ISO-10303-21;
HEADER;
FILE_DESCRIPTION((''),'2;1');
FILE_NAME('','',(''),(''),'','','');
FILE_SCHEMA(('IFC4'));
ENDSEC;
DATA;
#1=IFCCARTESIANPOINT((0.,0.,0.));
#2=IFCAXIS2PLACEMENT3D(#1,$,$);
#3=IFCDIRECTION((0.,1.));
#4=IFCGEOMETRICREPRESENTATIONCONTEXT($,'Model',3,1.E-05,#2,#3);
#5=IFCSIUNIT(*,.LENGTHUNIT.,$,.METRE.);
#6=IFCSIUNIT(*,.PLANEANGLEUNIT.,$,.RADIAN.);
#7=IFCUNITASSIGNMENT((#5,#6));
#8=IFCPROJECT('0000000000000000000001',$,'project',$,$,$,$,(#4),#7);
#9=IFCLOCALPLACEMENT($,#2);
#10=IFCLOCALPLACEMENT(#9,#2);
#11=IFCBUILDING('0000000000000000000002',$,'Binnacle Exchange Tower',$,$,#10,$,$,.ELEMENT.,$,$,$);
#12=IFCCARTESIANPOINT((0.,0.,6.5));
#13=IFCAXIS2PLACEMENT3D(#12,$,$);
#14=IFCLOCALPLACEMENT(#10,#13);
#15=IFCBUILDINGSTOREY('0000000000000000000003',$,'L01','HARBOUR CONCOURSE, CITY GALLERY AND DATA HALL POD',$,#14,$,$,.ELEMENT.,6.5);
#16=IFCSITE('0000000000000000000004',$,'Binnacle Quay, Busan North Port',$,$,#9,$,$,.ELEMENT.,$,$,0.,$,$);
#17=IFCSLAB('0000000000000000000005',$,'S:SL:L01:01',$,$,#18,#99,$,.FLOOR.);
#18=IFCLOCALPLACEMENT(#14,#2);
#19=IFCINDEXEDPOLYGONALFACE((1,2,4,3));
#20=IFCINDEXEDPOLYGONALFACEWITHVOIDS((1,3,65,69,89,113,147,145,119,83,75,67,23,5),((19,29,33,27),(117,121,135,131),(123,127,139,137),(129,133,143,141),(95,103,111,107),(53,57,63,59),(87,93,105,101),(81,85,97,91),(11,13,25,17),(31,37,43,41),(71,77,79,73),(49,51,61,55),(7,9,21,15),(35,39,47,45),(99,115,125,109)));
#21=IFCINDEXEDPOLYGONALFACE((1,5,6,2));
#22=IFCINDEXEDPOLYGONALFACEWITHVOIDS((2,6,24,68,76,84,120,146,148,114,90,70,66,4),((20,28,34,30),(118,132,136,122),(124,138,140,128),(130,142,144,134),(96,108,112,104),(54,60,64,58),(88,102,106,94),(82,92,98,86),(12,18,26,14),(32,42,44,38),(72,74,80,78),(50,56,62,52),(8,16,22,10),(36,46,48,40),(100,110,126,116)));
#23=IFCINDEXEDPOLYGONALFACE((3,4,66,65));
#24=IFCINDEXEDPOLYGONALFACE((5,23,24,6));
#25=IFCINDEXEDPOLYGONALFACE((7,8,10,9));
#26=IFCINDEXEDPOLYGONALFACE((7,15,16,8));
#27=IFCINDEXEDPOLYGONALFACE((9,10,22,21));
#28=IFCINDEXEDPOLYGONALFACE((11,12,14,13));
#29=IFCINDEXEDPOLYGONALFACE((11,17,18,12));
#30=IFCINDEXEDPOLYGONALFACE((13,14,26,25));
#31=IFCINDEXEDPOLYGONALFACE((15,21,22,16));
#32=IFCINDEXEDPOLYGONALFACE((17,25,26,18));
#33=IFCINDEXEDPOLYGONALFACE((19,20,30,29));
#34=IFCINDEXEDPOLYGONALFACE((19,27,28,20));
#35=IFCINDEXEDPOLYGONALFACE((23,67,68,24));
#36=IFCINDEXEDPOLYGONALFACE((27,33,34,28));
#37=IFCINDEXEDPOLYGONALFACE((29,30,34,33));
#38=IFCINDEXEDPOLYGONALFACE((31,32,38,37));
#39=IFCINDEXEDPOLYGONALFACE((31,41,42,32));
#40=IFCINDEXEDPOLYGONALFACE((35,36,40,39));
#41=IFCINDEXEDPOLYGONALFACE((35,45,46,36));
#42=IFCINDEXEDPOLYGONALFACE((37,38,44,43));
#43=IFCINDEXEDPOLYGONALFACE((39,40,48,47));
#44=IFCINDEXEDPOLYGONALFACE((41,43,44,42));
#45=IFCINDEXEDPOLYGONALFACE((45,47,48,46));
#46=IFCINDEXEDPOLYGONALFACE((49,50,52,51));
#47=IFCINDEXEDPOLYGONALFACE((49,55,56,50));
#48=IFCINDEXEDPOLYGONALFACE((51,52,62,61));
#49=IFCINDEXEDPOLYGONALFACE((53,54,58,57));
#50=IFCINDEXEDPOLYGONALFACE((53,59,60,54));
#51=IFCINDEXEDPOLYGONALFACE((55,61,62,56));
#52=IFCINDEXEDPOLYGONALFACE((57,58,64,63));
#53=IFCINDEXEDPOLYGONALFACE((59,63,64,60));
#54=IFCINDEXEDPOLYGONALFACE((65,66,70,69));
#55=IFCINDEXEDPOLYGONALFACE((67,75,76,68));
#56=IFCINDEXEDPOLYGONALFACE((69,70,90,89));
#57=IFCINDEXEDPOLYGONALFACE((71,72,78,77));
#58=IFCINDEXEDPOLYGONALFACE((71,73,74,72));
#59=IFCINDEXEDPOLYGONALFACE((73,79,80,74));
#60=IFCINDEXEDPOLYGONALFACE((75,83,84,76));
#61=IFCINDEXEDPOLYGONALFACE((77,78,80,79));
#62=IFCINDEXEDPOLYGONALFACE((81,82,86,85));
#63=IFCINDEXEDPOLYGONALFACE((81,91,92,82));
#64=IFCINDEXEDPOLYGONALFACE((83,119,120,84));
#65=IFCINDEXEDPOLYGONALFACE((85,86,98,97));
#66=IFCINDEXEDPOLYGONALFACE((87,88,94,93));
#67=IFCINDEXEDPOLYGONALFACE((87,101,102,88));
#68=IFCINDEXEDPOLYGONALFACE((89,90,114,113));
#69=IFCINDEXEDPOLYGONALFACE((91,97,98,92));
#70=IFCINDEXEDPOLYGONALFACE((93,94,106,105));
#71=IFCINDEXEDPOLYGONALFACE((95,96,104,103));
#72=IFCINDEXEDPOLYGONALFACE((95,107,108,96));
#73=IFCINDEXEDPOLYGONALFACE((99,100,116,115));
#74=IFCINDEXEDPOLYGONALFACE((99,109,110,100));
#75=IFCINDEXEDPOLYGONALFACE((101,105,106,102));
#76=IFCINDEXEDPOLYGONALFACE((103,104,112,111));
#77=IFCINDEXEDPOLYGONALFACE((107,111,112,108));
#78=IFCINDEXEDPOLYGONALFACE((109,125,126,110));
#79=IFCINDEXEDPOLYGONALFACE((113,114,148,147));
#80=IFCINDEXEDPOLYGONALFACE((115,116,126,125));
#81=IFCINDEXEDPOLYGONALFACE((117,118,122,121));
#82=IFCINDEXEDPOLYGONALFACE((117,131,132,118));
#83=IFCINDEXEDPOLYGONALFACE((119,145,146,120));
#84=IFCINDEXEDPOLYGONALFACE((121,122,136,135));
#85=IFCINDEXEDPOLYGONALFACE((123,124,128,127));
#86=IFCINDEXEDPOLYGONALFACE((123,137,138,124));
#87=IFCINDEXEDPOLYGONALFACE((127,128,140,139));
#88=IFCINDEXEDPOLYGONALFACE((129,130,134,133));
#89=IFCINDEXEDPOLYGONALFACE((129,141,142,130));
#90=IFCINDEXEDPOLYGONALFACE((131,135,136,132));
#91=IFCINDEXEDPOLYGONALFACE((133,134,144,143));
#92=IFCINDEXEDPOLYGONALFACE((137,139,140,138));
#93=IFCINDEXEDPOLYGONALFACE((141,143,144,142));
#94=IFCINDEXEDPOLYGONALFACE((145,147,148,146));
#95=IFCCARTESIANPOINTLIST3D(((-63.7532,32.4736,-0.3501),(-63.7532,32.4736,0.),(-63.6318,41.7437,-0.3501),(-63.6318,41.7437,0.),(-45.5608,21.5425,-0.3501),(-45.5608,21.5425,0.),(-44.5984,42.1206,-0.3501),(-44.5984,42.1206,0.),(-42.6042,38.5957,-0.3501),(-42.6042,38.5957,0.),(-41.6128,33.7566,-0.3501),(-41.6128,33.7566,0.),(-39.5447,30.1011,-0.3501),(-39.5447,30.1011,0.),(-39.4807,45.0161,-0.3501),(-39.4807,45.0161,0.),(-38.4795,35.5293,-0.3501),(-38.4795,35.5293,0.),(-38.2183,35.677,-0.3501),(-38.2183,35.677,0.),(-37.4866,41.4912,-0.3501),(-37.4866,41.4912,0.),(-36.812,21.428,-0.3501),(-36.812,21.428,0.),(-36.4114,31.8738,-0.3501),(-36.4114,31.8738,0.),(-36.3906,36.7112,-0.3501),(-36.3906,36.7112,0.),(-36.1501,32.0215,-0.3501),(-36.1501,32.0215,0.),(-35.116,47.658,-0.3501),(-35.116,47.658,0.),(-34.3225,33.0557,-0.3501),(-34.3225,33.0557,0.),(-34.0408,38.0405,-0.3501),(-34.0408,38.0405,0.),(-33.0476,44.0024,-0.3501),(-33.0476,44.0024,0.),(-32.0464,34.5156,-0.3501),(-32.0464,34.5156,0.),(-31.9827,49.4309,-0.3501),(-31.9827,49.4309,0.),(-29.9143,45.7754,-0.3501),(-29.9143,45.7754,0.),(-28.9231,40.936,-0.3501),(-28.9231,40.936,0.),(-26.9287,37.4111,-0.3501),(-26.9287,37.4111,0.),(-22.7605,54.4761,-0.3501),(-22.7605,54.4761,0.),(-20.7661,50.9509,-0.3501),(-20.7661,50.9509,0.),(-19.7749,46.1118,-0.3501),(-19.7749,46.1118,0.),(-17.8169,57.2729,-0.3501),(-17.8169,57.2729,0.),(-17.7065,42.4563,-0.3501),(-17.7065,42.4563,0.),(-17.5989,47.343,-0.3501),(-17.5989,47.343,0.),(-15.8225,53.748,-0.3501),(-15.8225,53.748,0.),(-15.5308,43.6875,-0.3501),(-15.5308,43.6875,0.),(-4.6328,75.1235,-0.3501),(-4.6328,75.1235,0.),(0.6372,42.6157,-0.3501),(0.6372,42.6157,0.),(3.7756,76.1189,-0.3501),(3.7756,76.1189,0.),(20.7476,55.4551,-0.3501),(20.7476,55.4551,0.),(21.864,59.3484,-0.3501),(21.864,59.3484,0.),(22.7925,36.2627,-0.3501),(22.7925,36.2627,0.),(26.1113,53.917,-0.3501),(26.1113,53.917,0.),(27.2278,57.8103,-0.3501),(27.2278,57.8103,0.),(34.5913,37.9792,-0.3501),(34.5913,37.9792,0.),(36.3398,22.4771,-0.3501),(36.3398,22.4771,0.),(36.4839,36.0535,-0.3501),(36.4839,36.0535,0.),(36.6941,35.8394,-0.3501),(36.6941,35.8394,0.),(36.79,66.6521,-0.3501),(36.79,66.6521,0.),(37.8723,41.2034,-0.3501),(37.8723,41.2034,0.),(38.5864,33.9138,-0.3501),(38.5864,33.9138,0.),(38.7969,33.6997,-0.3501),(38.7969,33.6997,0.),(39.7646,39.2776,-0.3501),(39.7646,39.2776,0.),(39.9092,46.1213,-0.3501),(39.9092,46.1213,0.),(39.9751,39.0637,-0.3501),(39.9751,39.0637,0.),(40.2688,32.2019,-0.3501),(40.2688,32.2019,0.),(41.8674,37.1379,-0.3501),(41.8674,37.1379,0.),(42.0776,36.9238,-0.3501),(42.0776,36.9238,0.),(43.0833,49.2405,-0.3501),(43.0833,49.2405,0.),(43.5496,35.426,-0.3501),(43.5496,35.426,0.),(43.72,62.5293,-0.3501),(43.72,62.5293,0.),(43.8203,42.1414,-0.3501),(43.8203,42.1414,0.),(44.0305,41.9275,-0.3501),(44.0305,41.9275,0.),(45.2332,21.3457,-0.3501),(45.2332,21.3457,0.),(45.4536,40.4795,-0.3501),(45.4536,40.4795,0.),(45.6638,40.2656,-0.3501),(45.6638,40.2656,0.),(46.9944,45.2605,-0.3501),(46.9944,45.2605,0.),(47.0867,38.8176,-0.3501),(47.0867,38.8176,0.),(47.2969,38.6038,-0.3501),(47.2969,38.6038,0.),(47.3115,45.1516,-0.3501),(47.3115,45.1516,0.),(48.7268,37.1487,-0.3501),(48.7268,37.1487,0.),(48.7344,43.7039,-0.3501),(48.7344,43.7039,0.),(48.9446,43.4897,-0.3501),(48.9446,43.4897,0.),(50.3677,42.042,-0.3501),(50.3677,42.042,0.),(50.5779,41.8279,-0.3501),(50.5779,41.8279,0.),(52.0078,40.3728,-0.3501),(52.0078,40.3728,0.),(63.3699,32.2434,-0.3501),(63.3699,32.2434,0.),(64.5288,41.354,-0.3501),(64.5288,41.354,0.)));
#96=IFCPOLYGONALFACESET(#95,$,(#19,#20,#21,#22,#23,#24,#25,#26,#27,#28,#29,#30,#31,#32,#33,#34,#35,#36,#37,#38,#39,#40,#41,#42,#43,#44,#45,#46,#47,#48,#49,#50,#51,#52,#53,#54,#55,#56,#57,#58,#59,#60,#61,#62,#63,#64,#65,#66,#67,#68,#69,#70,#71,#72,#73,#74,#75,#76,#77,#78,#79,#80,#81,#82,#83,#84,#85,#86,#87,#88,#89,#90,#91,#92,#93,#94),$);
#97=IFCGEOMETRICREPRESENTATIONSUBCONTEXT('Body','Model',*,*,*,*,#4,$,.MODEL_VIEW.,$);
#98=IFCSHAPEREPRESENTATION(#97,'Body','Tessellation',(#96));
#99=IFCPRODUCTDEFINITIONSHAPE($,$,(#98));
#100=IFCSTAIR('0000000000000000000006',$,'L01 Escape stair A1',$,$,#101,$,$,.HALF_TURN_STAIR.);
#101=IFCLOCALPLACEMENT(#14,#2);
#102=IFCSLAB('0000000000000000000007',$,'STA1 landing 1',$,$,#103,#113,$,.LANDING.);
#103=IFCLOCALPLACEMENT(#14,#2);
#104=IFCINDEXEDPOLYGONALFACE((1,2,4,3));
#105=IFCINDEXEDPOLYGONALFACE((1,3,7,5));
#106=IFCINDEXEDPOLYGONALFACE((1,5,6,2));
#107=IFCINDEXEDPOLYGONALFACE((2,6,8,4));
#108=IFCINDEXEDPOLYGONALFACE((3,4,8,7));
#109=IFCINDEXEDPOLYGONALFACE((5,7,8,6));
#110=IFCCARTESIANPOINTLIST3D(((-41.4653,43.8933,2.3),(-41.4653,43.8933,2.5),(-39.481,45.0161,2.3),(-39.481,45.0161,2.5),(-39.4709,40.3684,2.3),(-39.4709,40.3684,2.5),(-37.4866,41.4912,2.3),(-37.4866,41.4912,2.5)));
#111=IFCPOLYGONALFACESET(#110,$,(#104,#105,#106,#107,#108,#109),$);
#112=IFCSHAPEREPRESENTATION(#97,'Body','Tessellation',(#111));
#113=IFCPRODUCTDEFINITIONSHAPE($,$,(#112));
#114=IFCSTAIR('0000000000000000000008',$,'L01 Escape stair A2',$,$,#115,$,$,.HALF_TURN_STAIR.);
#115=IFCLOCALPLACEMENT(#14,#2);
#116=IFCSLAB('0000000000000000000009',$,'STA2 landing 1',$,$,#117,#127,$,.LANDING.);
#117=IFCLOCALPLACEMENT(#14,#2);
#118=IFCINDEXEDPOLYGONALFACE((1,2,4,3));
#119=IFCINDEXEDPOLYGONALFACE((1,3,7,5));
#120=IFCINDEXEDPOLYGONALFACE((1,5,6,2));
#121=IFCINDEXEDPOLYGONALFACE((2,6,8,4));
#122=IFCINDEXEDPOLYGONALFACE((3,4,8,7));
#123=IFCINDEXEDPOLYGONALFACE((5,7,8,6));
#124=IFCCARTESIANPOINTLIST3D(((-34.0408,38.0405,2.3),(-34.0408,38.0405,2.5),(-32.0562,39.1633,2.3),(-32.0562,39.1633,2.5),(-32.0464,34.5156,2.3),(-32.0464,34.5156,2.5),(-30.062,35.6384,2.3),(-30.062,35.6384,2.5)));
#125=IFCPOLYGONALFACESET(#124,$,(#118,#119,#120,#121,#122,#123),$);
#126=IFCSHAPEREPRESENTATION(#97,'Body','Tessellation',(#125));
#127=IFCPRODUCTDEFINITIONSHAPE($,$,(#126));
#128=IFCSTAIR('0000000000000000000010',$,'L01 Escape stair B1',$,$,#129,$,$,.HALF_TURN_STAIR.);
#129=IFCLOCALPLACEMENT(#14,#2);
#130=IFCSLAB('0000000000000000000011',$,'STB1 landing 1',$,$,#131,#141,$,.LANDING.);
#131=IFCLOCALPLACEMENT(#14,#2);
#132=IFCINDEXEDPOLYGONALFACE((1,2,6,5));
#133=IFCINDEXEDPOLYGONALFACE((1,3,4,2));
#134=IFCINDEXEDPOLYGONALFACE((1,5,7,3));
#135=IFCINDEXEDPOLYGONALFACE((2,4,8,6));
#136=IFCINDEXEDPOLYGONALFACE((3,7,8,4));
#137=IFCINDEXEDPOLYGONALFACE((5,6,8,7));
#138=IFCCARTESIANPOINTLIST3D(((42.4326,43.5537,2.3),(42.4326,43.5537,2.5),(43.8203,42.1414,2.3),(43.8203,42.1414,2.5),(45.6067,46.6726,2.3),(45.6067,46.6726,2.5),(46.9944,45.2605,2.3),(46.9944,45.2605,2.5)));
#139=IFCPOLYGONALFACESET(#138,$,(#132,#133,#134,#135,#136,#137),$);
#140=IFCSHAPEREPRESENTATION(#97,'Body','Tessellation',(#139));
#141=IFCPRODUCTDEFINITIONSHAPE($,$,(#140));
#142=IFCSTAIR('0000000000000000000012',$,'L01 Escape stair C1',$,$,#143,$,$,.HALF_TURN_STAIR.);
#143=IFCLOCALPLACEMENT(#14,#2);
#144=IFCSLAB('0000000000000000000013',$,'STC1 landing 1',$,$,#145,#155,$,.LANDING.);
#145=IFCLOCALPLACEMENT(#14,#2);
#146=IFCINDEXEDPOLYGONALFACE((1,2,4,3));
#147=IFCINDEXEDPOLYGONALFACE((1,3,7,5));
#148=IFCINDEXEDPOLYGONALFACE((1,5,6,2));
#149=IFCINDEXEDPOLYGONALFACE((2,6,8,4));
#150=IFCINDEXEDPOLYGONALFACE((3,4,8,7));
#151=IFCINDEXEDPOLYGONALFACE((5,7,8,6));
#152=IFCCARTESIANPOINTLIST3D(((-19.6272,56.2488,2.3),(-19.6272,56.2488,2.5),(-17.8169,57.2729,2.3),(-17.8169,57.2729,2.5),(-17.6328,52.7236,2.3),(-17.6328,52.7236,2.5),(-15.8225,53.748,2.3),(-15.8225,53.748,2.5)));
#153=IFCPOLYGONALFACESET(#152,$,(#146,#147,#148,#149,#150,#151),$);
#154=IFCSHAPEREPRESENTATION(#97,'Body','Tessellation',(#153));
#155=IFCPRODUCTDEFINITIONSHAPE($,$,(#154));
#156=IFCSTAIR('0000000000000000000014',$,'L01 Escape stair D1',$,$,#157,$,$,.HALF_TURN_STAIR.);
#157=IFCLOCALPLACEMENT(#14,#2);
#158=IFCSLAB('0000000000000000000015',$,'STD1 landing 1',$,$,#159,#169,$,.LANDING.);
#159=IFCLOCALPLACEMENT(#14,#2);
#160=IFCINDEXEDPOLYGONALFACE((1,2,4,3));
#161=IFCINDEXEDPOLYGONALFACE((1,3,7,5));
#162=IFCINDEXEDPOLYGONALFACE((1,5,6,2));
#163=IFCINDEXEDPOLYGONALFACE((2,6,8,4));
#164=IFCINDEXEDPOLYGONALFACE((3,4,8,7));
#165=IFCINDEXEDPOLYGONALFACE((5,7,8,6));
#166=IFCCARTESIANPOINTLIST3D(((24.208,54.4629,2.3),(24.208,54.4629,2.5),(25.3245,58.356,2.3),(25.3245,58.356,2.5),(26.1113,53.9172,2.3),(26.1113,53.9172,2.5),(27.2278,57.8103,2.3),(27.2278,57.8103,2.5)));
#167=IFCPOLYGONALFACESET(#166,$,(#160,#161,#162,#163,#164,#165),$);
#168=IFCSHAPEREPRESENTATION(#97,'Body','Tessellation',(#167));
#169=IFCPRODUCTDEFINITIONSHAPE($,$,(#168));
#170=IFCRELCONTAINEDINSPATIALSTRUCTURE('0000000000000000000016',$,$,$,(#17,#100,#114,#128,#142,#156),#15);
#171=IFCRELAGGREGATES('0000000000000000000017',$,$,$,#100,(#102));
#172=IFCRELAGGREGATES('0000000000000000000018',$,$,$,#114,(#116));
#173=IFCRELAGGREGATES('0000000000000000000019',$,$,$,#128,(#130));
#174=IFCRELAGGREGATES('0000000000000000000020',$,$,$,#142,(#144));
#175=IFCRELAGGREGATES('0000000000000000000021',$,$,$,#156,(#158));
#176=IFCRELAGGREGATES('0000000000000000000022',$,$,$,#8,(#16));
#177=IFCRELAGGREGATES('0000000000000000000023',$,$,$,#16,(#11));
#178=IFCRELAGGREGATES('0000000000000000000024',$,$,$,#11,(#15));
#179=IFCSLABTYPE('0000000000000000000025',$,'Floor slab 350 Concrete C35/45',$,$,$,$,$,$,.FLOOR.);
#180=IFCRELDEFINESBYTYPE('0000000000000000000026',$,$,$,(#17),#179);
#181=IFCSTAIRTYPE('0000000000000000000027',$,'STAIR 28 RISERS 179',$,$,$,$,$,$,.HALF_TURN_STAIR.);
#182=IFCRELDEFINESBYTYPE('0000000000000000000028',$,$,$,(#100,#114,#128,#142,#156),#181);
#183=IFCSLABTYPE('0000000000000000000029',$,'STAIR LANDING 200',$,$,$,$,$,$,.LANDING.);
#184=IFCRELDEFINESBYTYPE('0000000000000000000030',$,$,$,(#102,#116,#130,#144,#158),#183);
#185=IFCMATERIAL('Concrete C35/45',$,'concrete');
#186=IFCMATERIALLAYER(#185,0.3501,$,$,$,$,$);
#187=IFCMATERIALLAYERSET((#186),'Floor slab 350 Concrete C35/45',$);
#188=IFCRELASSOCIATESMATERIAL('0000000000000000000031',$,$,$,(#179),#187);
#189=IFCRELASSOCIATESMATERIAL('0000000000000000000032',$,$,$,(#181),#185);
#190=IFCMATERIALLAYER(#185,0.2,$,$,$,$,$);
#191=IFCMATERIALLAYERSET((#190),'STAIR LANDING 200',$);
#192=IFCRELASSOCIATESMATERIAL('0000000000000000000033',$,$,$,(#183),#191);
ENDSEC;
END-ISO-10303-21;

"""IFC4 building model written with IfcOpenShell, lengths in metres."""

from ifc_helpers import new_model, si_unit, direction, frame, origin, place, context, subcontext, project, spatial, polyline, outline, extrude, material, layer, layer_set, type_object, element, aggregate, save


model = new_model("IFC4")

# Units and contexts
model_context = context("Model", 3, precision=1e-05, world=origin(), true_north=direction((0.0, 1.0)))
body_context = subcontext(model_context, "Body", "Model", "MODEL_VIEW")
ifc_project = project(units=[si_unit("LENGTHUNIT", "METRE"), si_unit("PLANEANGLEUNIT", "RADIAN")], contexts=[model_context])

# Site, building, storey
site_placement = place(None, origin())
site = spatial("IfcSite", under=ifc_project, at=site_placement, Name="Binnacle Quay, Busan North Port", CompositionType="ELEMENT", RefElevation=0.0)
building_placement = place(site_placement, origin())
building = spatial("IfcBuilding", under=site, at=building_placement, Name="Binnacle Exchange Tower", CompositionType="ELEMENT")
storey_placement = place(building_placement, frame((0.0, 0.0, 6.5)))
storey = spatial("IfcBuildingStorey", under=building, at=storey_placement, Name="L01", Description="HARBOUR CONCOURSE, CITY GALLERY AND DATA HALL POD", CompositionType="ELEMENT", Elevation=6.5)

# Slab
ifc_material_1 = material(Name="Concrete C35/45", Category="concrete")
ifc_layer_1 = layer(ifc_material_1, 0.3501)
ifc_layer_set_1 = layer_set([ifc_layer_1], Name="Floor slab 350 Concrete C35/45")
slab_type_1 = type_object("IfcSlabType", Name="Floor slab 350 Concrete C35/45", PredefinedType="FLOOR", material=ifc_layer_set_1)
slab_1_placement = place(storey_placement, frame((0.0, 0.0, -0.3501)))
element("IfcSlab", 1, at=slab_1_placement, inside=storey, type_object=slab_type_1, Name="S:SL:L01:01", PredefinedType="FLOOR", context=body_context, shape_type="SweptSolid", body=[
    extrude(outline(polyline([(64.5288, 41.354), (63.3699, 32.2434), (45.2332, 21.3457), (36.3398, 22.4771), (22.7925, 36.2627), (0.6372, 42.6157), (-36.812, 21.428), (-45.5608, 21.5425), (-63.7532, 32.4736), (-63.6318, 41.7437), (-4.6328, 75.1235), (3.7756, 76.1189), (36.79, 66.6521), (43.72, 62.5293), (64.5288, 41.354)]), holes=[polyline([(-38.4795, 35.5293), (-41.6128, 33.7566), (-39.5447, 30.1011), (-36.4114, 31.8738), (-38.4795, 35.5293)]), polyline([(-34.3225, 33.0557), (-36.3906, 36.7112), (-38.2183, 35.677), (-36.1501, 32.0215), (-34.3225, 33.0557)]), polyline([(-34.0408, 38.0405), (-32.0464, 34.5156), (-26.9287, 37.4111), (-28.9231, 40.936), (-34.0408, 38.0405)]), polyline([(-37.4866, 41.4912), (-39.4807, 45.0161), (-44.5984, 42.1206), (-42.6042, 38.5957), (-37.4866, 41.4912)]), polyline([(-15.5308, 43.6875), (-17.5989, 47.343), (-19.7749, 46.1118), (-17.7065, 42.4563), (-15.5308, 43.6875)]), polyline([(-29.9143, 45.7754), (-31.9827, 49.4309), (-35.116, 47.658), (-33.0476, 44.0024), (-29.9143, 45.7754)]), polyline([(-15.8225, 53.748), (-17.8169, 57.2729), (-22.7605, 54.4761), (-20.7661, 50.9509), (-15.8225, 53.748)]), polyline([(26.1113, 53.917), (27.2278, 57.8103), (21.864, 59.3484), (20.7476, 55.4551), (26.1113, 53.917)]), polyline([(40.2688, 32.2019), (43.5496, 35.426), (42.0776, 36.9238), (38.7969, 33.6997), (40.2688, 32.2019)]), polyline([(38.5864, 33.9138), (41.8674, 37.1379), (39.9751, 39.0637), (36.6941, 35.8394), (38.5864, 33.9138)]), polyline([(36.4839, 36.0535), (39.7646, 39.2776), (37.8723, 41.2034), (34.5913, 37.9792), (36.4839, 36.0535)]), polyline([(48.7268, 37.1487), (52.0078, 40.3728), (50.5779, 41.8279), (47.2969, 38.6038), (48.7268, 37.1487)]), polyline([(47.0867, 38.8176), (50.3677, 42.042), (48.9446, 43.4897), (45.6638, 40.2656), (47.0867, 38.8176)]), polyline([(45.4536, 40.4795), (48.7344, 43.7039), (47.3115, 45.1516), (44.0305, 41.9275), (45.4536, 40.4795)]), polyline([(43.8203, 42.1414), (46.9944, 45.2605), (43.0833, 49.2405), (39.9092, 46.1213), (43.8203, 42.1414)])]), origin(), (0.0, 0.0, 1.0), 0.3501),
])

# Stairs, slabs
stair_type = type_object("IfcStairType", Name="STAIR 28 RISERS 179", PredefinedType="HALF_TURN_STAIR", material=ifc_material_1)
stair_1_placement = place(storey_placement, origin())
stair_1 = element("IfcStair", 2, at=stair_1_placement, inside=storey, type_object=stair_type, Name="L01 Escape stair A1", PredefinedType="HALF_TURN_STAIR")
ifc_layer_2 = layer(ifc_material_1, 0.2)
ifc_layer_set_2 = layer_set([ifc_layer_2], Name="STAIR LANDING 200")
slab_type_2 = type_object("IfcSlabType", Name="STAIR LANDING 200", PredefinedType="LANDING", material=ifc_layer_set_2)
slab_2_placement = place(storey_placement, frame((0.0, 0.0, 2.3)))
slab_2 = element("IfcSlab", 3, at=slab_2_placement, type_object=slab_type_2, Name="STA1 landing 1", PredefinedType="LANDING", context=body_context, shape_type="SweptSolid", body=[
    extrude(outline(polyline([(-39.4709, 40.3684), (-37.4866, 41.4912), (-39.481, 45.0161), (-41.4653, 43.8933), (-39.4709, 40.3684)])), origin(), (0.0, 0.0, 1.0), 0.2),
])
aggregate(stair_1, [slab_2])
stair_2_placement = place(storey_placement, origin())
stair_2 = element("IfcStair", 4, at=stair_2_placement, inside=storey, type_object=stair_type, Name="L01 Escape stair A2", PredefinedType="HALF_TURN_STAIR")
slab_3_placement = place(storey_placement, frame((0.0, 0.0, 2.3)))
slab_3 = element("IfcSlab", 5, at=slab_3_placement, type_object=slab_type_2, Name="STA2 landing 1", PredefinedType="LANDING", context=body_context, shape_type="SweptSolid", body=[
    extrude(outline(polyline([(-32.0562, 39.1633), (-34.0408, 38.0405), (-32.0464, 34.5156), (-30.062, 35.6384), (-32.0562, 39.1633)])), origin(), (0.0, 0.0, 1.0), 0.2),
])
aggregate(stair_2, [slab_3])
stair_3_placement = place(storey_placement, origin())
stair_3 = element("IfcStair", 6, at=stair_3_placement, inside=storey, type_object=stair_type, Name="L01 Escape stair B1", PredefinedType="HALF_TURN_STAIR")
slab_4_placement = place(storey_placement, frame((0.0, 0.0, 2.3)))
slab_4 = element("IfcSlab", 7, at=slab_4_placement, type_object=slab_type_2, Name="STB1 landing 1", PredefinedType="LANDING", context=body_context, shape_type="SweptSolid", body=[
    extrude(outline(polyline([(42.4326, 43.5537), (43.8203, 42.1414), (46.9944, 45.2605), (45.6067, 46.6726), (42.4326, 43.5537)])), origin(), (0.0, 0.0, 1.0), 0.2),
])
aggregate(stair_3, [slab_4])
stair_4_placement = place(storey_placement, origin())
stair_4 = element("IfcStair", 8, at=stair_4_placement, inside=storey, type_object=stair_type, Name="L01 Escape stair C1", PredefinedType="HALF_TURN_STAIR")
slab_5_placement = place(storey_placement, frame((0.0, 0.0, 2.3)))
slab_5 = element("IfcSlab", 9, at=slab_5_placement, type_object=slab_type_2, Name="STC1 landing 1", PredefinedType="LANDING", context=body_context, shape_type="SweptSolid", body=[
    extrude(outline(polyline([(-17.6328, 52.7236), (-15.8225, 53.748), (-17.8169, 57.2729), (-19.6272, 56.2488), (-17.6328, 52.7236)])), origin(), (0.0, 0.0, 1.0), 0.2),
])
aggregate(stair_4, [slab_5])
stair_5_placement = place(storey_placement, origin())
stair_5 = element("IfcStair", 10, at=stair_5_placement, inside=storey, type_object=stair_type, Name="L01 Escape stair D1", PredefinedType="HALF_TURN_STAIR")
slab_6_placement = place(storey_placement, frame((0.0, 0.0, 2.3)))
slab_6 = element("IfcSlab", 11, at=slab_6_placement, type_object=slab_type_2, Name="STD1 landing 1", PredefinedType="LANDING", context=body_context, shape_type="SweptSolid", body=[
    extrude(outline(polyline([(24.208, 54.4629), (26.1113, 53.9172), (27.2278, 57.8103), (25.3245, 58.356), (24.208, 54.4629)])), origin(), (0.0, 0.0, 1.0), 0.2),
])
aggregate(stair_5, [slab_6])

save(model, "model.ifc")
